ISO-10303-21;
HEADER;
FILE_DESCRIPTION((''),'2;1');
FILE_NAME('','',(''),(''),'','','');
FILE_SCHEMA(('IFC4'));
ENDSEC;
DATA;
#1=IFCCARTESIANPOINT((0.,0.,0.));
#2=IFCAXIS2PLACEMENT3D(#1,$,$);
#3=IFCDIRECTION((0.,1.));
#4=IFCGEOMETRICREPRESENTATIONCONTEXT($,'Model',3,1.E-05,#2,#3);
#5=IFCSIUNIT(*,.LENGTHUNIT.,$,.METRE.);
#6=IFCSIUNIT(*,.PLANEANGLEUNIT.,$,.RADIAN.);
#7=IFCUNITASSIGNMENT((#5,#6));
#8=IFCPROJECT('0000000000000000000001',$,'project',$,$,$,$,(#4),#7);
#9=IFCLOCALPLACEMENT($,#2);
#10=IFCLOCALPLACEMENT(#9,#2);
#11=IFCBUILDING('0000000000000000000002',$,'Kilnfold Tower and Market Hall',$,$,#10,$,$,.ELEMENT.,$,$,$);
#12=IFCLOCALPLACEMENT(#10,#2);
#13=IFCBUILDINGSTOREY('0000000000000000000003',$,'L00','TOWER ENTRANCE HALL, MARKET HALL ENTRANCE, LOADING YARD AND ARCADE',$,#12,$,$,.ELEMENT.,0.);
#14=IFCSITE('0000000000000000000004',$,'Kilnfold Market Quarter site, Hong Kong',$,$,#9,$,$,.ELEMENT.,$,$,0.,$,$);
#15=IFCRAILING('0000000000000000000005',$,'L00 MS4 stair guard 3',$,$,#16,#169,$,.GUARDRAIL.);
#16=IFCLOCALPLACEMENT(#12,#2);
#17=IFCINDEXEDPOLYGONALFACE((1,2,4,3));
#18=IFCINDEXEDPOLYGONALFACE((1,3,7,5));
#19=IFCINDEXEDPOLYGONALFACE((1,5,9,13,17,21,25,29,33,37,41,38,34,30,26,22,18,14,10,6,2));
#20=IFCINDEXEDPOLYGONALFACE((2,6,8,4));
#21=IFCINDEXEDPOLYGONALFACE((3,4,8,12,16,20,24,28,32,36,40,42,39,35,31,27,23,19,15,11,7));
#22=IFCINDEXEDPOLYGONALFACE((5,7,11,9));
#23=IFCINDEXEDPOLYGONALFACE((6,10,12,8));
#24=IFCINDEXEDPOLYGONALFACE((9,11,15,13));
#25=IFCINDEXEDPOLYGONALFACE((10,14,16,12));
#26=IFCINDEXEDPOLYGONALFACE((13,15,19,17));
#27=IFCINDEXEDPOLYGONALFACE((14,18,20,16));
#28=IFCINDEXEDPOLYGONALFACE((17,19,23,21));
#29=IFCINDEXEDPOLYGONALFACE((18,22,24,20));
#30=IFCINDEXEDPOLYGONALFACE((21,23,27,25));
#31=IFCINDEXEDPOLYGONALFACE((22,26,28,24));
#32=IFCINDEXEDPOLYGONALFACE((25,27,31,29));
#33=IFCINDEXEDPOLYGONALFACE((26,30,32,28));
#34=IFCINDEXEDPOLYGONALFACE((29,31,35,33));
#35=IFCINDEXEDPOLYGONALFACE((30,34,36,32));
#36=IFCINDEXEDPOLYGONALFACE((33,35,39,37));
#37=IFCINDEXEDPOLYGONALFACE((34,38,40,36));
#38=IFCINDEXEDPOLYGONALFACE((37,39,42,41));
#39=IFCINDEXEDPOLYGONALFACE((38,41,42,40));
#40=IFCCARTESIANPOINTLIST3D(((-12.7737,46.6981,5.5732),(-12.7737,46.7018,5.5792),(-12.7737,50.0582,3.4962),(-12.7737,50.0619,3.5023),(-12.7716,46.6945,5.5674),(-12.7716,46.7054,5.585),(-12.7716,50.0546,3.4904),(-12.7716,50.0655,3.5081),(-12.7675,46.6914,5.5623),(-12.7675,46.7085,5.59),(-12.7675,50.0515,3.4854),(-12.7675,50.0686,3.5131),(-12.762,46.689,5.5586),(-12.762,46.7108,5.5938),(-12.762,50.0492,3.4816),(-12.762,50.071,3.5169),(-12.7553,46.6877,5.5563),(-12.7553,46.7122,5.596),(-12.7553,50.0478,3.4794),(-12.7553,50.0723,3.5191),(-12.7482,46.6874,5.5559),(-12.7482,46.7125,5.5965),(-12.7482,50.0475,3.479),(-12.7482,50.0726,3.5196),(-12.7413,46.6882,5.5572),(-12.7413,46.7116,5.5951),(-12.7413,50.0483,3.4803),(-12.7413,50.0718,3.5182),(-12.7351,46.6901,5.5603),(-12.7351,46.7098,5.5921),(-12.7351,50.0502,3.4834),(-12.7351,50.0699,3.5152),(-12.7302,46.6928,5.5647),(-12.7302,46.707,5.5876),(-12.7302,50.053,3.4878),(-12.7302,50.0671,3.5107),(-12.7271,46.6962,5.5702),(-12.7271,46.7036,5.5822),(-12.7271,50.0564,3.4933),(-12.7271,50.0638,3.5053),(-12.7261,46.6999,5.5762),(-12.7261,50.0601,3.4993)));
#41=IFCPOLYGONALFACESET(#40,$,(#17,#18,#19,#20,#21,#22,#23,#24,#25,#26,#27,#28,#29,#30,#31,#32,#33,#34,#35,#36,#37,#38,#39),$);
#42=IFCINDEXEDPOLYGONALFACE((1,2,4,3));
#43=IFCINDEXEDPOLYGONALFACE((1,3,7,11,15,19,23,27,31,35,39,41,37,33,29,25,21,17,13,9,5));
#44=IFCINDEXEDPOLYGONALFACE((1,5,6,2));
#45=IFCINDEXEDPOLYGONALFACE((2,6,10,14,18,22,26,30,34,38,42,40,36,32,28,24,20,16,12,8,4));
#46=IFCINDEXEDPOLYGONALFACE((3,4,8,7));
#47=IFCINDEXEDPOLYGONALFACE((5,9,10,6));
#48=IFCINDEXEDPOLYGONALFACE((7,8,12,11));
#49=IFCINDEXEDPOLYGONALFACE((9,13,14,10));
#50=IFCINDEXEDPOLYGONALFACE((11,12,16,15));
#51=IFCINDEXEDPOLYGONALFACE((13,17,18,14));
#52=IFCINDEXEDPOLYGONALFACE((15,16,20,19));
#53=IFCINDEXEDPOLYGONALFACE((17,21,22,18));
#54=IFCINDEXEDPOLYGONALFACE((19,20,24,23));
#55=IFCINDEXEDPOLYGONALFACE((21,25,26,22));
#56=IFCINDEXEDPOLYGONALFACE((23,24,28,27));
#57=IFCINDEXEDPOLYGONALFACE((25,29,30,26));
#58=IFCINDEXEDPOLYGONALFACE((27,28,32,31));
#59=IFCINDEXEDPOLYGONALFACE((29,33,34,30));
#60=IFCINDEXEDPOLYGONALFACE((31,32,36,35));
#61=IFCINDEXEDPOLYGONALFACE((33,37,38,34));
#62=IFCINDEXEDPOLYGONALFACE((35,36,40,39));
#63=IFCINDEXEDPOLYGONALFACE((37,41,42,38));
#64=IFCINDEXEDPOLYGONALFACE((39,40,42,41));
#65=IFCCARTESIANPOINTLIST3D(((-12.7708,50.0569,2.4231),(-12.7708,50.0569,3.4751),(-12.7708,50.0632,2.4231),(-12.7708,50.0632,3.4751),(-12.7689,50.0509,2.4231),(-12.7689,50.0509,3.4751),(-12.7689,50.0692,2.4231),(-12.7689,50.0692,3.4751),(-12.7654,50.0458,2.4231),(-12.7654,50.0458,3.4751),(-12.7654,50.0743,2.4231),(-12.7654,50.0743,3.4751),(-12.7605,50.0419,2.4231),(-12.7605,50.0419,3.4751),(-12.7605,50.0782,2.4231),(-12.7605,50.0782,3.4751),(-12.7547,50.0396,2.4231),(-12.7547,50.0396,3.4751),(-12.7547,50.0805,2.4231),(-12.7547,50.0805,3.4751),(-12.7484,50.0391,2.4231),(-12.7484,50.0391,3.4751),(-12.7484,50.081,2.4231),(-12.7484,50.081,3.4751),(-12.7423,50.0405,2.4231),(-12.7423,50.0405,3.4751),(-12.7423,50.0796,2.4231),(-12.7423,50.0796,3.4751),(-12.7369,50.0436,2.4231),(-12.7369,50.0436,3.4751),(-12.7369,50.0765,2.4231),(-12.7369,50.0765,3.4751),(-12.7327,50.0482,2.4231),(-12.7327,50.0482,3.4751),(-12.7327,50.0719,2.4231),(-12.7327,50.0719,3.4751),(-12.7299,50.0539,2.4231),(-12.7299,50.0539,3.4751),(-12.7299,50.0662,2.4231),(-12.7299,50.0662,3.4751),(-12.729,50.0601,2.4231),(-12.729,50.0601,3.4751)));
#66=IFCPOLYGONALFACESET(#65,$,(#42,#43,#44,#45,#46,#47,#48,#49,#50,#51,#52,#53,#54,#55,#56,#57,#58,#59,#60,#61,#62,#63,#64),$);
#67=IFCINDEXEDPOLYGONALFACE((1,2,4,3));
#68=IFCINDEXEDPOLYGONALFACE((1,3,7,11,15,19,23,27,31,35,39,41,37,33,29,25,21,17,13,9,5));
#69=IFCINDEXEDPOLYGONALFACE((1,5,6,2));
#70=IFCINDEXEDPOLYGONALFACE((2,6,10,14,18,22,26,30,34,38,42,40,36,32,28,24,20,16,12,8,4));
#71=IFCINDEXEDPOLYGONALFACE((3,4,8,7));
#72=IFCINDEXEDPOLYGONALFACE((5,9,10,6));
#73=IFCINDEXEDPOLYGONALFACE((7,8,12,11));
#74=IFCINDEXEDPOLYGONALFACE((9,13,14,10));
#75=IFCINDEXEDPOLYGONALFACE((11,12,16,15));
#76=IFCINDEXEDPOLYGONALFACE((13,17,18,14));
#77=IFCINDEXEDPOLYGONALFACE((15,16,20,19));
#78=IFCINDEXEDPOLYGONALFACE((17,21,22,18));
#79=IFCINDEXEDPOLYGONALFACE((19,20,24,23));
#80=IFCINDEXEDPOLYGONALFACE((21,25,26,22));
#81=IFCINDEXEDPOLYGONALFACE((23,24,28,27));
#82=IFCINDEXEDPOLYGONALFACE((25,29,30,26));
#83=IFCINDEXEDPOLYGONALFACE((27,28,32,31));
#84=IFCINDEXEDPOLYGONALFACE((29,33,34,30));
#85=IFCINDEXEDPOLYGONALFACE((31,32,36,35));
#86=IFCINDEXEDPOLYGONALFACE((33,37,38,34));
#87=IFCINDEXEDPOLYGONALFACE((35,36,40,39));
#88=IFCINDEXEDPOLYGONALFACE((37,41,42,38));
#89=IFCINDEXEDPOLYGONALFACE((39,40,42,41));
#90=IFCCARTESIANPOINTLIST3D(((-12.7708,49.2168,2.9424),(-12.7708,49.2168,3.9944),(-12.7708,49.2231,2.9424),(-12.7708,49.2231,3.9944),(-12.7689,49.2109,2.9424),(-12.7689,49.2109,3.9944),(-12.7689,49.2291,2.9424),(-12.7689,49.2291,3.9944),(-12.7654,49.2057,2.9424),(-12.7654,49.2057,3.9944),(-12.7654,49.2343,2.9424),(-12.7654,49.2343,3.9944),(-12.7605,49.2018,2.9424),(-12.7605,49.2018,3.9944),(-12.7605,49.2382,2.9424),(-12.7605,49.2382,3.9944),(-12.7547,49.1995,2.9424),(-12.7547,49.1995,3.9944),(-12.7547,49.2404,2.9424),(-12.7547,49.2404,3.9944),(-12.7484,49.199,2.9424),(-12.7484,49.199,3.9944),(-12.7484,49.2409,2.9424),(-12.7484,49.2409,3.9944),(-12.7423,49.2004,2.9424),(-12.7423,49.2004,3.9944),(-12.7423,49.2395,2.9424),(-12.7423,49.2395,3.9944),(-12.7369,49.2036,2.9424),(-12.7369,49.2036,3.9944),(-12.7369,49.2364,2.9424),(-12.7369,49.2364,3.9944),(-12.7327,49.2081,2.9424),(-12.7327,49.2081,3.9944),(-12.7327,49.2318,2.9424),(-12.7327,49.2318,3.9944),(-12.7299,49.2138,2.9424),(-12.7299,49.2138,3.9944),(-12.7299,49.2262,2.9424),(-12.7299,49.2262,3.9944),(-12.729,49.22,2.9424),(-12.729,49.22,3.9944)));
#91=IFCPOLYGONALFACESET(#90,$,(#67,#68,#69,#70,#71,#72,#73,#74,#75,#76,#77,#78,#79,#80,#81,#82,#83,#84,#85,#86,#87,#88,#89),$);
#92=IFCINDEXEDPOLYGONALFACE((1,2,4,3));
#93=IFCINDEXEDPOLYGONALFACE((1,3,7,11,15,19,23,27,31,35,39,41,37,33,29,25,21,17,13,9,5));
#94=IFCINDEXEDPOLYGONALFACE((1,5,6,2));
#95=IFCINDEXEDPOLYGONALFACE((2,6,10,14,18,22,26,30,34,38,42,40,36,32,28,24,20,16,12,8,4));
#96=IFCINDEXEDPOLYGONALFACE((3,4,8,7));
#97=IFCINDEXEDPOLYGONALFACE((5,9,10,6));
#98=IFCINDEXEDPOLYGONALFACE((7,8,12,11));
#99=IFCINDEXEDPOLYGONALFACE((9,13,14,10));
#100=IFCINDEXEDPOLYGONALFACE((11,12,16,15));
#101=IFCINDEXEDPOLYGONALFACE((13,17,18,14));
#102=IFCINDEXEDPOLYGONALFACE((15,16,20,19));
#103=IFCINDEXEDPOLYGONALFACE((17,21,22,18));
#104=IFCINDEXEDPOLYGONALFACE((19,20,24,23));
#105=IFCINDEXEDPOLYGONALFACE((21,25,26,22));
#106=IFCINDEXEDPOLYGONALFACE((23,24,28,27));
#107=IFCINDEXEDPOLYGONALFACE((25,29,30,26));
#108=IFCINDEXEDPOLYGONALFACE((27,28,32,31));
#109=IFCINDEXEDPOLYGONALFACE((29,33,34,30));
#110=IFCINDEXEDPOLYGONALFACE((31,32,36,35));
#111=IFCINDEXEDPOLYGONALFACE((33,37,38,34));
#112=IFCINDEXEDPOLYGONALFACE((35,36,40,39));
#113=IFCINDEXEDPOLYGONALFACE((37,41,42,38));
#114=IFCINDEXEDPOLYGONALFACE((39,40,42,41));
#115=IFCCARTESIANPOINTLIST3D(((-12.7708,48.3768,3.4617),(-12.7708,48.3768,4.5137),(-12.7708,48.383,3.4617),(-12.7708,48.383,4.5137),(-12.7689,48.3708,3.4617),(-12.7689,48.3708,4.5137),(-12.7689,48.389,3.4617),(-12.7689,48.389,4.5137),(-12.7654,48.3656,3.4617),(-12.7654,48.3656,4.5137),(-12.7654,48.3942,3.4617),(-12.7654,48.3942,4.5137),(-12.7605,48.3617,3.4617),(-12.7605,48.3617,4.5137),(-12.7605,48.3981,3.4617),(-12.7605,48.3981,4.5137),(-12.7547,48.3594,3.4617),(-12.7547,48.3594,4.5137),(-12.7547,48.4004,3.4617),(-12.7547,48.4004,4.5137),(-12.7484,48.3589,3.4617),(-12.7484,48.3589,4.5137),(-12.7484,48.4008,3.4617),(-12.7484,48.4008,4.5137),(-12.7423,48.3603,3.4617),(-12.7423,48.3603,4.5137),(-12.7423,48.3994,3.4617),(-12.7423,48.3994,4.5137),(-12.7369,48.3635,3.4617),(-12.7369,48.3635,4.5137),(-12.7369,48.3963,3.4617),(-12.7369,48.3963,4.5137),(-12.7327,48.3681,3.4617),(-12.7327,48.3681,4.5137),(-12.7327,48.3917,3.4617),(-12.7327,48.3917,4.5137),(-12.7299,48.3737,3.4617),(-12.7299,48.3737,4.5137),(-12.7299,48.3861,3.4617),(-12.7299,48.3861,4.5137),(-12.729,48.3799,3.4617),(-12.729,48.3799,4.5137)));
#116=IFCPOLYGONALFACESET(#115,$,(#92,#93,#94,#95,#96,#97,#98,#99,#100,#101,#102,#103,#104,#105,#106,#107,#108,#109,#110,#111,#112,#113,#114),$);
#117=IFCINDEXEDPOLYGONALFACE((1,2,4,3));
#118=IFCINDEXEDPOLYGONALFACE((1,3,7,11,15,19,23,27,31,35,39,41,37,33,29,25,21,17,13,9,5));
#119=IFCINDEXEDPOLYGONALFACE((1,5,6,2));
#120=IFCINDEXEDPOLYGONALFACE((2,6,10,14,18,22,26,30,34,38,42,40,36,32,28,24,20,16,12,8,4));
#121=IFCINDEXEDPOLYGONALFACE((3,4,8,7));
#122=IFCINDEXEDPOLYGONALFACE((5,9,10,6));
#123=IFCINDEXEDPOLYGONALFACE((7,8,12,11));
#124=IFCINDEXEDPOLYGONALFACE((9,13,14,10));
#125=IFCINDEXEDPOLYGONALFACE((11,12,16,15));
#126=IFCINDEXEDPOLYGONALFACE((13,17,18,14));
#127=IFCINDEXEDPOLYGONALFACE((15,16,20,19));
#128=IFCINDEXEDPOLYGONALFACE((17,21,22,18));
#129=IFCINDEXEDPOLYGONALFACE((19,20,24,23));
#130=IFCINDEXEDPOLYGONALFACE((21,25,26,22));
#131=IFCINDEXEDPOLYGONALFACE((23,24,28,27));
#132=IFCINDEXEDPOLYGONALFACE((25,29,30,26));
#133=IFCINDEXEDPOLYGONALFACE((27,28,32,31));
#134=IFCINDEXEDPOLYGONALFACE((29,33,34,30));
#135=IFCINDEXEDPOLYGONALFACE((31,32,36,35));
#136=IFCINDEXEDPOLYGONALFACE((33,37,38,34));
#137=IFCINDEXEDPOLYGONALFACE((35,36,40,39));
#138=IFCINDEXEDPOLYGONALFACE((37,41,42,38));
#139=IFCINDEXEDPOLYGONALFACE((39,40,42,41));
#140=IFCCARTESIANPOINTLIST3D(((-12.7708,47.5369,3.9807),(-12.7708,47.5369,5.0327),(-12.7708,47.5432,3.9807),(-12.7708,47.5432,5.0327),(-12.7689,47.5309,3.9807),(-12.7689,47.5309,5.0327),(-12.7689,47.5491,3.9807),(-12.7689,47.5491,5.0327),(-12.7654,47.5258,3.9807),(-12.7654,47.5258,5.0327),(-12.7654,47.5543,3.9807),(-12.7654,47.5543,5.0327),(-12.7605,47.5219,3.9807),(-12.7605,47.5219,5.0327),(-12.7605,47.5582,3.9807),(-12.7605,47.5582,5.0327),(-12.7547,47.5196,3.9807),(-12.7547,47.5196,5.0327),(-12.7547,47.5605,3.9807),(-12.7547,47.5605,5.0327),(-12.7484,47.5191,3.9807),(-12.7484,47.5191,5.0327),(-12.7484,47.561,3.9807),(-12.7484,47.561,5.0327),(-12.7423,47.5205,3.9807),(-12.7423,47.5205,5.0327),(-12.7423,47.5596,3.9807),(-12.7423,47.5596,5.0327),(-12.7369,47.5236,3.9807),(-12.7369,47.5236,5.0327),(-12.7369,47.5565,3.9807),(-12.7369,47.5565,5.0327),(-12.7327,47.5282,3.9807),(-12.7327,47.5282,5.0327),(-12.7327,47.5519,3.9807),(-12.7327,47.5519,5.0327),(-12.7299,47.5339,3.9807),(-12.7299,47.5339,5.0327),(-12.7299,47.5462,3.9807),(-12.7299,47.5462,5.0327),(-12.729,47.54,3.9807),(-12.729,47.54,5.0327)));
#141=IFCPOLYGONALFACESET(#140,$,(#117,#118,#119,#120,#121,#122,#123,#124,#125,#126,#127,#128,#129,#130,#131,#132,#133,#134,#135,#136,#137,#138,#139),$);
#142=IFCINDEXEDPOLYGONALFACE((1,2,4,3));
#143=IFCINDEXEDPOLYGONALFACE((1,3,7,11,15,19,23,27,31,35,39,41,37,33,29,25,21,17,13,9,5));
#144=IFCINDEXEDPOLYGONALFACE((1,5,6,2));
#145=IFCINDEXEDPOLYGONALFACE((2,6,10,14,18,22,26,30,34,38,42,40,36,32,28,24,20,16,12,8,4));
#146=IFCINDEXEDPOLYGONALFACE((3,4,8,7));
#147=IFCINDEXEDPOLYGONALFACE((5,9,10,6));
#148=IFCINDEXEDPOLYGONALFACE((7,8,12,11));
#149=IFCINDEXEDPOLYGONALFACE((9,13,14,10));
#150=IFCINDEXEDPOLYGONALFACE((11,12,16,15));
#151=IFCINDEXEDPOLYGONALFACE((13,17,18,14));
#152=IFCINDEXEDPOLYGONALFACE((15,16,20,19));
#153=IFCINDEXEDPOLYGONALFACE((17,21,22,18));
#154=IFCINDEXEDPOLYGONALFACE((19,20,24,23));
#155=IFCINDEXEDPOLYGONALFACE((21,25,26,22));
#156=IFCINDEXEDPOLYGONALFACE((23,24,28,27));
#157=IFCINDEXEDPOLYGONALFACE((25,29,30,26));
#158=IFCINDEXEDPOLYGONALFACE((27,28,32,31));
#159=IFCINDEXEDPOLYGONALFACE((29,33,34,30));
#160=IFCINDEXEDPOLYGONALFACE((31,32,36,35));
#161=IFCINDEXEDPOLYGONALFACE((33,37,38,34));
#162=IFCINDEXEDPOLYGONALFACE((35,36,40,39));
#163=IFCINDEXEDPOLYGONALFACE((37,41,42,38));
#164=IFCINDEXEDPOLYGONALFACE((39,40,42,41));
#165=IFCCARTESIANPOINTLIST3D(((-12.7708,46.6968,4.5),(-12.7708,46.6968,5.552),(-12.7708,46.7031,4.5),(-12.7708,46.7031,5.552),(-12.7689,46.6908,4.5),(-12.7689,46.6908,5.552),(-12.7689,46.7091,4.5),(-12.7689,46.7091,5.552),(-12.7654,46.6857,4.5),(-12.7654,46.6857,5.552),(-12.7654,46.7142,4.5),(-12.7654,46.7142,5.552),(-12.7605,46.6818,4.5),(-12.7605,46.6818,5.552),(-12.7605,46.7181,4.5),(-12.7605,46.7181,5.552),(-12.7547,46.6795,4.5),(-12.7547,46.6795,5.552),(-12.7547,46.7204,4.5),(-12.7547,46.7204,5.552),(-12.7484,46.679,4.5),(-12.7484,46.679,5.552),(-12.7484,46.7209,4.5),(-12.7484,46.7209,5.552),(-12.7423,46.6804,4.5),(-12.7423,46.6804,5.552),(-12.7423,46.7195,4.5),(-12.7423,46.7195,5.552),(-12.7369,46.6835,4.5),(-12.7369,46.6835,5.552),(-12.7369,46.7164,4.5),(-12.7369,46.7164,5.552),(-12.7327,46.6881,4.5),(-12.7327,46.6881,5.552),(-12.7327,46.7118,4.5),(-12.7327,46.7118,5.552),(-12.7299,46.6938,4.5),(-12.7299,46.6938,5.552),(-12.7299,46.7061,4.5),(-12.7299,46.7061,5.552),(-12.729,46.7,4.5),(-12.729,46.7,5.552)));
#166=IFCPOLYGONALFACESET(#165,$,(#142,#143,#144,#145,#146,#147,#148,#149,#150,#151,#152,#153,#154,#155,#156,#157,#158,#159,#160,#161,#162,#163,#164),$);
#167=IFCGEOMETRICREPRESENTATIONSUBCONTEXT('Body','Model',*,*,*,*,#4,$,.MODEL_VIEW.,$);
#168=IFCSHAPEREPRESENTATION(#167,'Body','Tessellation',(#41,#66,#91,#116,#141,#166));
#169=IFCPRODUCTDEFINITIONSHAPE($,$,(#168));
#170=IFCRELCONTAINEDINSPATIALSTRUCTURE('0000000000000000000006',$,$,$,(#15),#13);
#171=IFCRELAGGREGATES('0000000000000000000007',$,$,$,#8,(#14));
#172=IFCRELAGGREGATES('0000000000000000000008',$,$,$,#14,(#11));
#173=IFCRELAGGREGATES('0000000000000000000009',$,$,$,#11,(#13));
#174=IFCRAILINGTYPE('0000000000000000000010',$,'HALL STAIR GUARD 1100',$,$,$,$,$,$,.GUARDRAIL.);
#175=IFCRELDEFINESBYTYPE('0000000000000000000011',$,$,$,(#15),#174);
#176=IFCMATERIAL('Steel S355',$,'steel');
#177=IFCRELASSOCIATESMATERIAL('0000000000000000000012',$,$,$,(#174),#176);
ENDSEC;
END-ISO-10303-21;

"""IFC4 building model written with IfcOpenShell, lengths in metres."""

from ifc_helpers import new_model, si_unit, direction, frame, origin, origin_2d, place, context, subcontext, project, spatial, circle, extrude, material, type_object, element, save


model = new_model("IFC4")

# Units and contexts
model_context = context("Model", 3, precision=1e-05, world=origin(), true_north=direction((0.0, 1.0)))
body_context = subcontext(model_context, "Body", "Model", "MODEL_VIEW")
ifc_project = project(units=[si_unit("LENGTHUNIT", "METRE"), si_unit("PLANEANGLEUNIT", "RADIAN")], contexts=[model_context])

# Site, building, storey
site_placement = place(None, origin())
site = spatial("IfcSite", under=ifc_project, at=site_placement, Name="Kilnfold Market Quarter site, Hong Kong", CompositionType="ELEMENT", RefElevation=0.0)
building_placement = place(site_placement, origin())
building = spatial("IfcBuilding", under=site, at=building_placement, Name="Kilnfold Tower and Market Hall", CompositionType="ELEMENT")
storey_placement = place(building_placement, origin())
storey = spatial("IfcBuildingStorey", under=building, at=storey_placement, Name="L00", Description="TOWER ENTRANCE HALL, MARKET HALL ENTRANCE, LOADING YARD AND ARCADE", CompositionType="ELEMENT", Elevation=0.0)

# Railing
ifc_material_1 = material(Name="Steel S355", Category="steel")
railing_type_1 = type_object("IfcRailingType", Name="HALL STAIR GUARD 1100", PredefinedType="GUARDRAIL", material=ifc_material_1)
railing_1_placement = place(storey_placement, frame((-12.75, 50.0601, 2.4231)))
element("IfcRailing", 1, at=railing_1_placement, inside=storey, type_object=railing_type_1, Name="L00 MS4 stair guard 3", PredefinedType="GUARDRAIL", context=body_context, shape_type="SweptSolid", body=[
    extrude(circle(Radius=0.0239, at=origin_2d()), frame((0.0, 0.0, 1.0762), z_axis=(0.0, -0.850623, 0.525776), x_axis=(1.0, 0.0, 0.0)), (0.0, 0.0, 1.0), 3.9502),
    extrude(circle(Radius=0.021, at=origin_2d()), origin(), (0.0, 0.0, 1.0), 1.052),
    extrude(circle(Radius=0.021, at=origin_2d()), frame((0.0, -0.8401, 0.5193)), (0.0, 0.0, 1.0), 1.052),
    extrude(circle(Radius=0.021, at=origin_2d()), frame((0.0, -1.6802, 1.0386)), (0.0, 0.0, 1.0), 1.052),
    extrude(circle(Radius=0.021, at=origin_2d()), frame((0.0, -2.52, 1.5576)), (0.0, 0.0, 1.0), 1.052),
    extrude(circle(Radius=0.021, at=origin_2d()), frame((0.0, -3.3601, 2.0769)), (0.0, 0.0, 1.0), 1.052),
])

save(model, "model.ifc")
